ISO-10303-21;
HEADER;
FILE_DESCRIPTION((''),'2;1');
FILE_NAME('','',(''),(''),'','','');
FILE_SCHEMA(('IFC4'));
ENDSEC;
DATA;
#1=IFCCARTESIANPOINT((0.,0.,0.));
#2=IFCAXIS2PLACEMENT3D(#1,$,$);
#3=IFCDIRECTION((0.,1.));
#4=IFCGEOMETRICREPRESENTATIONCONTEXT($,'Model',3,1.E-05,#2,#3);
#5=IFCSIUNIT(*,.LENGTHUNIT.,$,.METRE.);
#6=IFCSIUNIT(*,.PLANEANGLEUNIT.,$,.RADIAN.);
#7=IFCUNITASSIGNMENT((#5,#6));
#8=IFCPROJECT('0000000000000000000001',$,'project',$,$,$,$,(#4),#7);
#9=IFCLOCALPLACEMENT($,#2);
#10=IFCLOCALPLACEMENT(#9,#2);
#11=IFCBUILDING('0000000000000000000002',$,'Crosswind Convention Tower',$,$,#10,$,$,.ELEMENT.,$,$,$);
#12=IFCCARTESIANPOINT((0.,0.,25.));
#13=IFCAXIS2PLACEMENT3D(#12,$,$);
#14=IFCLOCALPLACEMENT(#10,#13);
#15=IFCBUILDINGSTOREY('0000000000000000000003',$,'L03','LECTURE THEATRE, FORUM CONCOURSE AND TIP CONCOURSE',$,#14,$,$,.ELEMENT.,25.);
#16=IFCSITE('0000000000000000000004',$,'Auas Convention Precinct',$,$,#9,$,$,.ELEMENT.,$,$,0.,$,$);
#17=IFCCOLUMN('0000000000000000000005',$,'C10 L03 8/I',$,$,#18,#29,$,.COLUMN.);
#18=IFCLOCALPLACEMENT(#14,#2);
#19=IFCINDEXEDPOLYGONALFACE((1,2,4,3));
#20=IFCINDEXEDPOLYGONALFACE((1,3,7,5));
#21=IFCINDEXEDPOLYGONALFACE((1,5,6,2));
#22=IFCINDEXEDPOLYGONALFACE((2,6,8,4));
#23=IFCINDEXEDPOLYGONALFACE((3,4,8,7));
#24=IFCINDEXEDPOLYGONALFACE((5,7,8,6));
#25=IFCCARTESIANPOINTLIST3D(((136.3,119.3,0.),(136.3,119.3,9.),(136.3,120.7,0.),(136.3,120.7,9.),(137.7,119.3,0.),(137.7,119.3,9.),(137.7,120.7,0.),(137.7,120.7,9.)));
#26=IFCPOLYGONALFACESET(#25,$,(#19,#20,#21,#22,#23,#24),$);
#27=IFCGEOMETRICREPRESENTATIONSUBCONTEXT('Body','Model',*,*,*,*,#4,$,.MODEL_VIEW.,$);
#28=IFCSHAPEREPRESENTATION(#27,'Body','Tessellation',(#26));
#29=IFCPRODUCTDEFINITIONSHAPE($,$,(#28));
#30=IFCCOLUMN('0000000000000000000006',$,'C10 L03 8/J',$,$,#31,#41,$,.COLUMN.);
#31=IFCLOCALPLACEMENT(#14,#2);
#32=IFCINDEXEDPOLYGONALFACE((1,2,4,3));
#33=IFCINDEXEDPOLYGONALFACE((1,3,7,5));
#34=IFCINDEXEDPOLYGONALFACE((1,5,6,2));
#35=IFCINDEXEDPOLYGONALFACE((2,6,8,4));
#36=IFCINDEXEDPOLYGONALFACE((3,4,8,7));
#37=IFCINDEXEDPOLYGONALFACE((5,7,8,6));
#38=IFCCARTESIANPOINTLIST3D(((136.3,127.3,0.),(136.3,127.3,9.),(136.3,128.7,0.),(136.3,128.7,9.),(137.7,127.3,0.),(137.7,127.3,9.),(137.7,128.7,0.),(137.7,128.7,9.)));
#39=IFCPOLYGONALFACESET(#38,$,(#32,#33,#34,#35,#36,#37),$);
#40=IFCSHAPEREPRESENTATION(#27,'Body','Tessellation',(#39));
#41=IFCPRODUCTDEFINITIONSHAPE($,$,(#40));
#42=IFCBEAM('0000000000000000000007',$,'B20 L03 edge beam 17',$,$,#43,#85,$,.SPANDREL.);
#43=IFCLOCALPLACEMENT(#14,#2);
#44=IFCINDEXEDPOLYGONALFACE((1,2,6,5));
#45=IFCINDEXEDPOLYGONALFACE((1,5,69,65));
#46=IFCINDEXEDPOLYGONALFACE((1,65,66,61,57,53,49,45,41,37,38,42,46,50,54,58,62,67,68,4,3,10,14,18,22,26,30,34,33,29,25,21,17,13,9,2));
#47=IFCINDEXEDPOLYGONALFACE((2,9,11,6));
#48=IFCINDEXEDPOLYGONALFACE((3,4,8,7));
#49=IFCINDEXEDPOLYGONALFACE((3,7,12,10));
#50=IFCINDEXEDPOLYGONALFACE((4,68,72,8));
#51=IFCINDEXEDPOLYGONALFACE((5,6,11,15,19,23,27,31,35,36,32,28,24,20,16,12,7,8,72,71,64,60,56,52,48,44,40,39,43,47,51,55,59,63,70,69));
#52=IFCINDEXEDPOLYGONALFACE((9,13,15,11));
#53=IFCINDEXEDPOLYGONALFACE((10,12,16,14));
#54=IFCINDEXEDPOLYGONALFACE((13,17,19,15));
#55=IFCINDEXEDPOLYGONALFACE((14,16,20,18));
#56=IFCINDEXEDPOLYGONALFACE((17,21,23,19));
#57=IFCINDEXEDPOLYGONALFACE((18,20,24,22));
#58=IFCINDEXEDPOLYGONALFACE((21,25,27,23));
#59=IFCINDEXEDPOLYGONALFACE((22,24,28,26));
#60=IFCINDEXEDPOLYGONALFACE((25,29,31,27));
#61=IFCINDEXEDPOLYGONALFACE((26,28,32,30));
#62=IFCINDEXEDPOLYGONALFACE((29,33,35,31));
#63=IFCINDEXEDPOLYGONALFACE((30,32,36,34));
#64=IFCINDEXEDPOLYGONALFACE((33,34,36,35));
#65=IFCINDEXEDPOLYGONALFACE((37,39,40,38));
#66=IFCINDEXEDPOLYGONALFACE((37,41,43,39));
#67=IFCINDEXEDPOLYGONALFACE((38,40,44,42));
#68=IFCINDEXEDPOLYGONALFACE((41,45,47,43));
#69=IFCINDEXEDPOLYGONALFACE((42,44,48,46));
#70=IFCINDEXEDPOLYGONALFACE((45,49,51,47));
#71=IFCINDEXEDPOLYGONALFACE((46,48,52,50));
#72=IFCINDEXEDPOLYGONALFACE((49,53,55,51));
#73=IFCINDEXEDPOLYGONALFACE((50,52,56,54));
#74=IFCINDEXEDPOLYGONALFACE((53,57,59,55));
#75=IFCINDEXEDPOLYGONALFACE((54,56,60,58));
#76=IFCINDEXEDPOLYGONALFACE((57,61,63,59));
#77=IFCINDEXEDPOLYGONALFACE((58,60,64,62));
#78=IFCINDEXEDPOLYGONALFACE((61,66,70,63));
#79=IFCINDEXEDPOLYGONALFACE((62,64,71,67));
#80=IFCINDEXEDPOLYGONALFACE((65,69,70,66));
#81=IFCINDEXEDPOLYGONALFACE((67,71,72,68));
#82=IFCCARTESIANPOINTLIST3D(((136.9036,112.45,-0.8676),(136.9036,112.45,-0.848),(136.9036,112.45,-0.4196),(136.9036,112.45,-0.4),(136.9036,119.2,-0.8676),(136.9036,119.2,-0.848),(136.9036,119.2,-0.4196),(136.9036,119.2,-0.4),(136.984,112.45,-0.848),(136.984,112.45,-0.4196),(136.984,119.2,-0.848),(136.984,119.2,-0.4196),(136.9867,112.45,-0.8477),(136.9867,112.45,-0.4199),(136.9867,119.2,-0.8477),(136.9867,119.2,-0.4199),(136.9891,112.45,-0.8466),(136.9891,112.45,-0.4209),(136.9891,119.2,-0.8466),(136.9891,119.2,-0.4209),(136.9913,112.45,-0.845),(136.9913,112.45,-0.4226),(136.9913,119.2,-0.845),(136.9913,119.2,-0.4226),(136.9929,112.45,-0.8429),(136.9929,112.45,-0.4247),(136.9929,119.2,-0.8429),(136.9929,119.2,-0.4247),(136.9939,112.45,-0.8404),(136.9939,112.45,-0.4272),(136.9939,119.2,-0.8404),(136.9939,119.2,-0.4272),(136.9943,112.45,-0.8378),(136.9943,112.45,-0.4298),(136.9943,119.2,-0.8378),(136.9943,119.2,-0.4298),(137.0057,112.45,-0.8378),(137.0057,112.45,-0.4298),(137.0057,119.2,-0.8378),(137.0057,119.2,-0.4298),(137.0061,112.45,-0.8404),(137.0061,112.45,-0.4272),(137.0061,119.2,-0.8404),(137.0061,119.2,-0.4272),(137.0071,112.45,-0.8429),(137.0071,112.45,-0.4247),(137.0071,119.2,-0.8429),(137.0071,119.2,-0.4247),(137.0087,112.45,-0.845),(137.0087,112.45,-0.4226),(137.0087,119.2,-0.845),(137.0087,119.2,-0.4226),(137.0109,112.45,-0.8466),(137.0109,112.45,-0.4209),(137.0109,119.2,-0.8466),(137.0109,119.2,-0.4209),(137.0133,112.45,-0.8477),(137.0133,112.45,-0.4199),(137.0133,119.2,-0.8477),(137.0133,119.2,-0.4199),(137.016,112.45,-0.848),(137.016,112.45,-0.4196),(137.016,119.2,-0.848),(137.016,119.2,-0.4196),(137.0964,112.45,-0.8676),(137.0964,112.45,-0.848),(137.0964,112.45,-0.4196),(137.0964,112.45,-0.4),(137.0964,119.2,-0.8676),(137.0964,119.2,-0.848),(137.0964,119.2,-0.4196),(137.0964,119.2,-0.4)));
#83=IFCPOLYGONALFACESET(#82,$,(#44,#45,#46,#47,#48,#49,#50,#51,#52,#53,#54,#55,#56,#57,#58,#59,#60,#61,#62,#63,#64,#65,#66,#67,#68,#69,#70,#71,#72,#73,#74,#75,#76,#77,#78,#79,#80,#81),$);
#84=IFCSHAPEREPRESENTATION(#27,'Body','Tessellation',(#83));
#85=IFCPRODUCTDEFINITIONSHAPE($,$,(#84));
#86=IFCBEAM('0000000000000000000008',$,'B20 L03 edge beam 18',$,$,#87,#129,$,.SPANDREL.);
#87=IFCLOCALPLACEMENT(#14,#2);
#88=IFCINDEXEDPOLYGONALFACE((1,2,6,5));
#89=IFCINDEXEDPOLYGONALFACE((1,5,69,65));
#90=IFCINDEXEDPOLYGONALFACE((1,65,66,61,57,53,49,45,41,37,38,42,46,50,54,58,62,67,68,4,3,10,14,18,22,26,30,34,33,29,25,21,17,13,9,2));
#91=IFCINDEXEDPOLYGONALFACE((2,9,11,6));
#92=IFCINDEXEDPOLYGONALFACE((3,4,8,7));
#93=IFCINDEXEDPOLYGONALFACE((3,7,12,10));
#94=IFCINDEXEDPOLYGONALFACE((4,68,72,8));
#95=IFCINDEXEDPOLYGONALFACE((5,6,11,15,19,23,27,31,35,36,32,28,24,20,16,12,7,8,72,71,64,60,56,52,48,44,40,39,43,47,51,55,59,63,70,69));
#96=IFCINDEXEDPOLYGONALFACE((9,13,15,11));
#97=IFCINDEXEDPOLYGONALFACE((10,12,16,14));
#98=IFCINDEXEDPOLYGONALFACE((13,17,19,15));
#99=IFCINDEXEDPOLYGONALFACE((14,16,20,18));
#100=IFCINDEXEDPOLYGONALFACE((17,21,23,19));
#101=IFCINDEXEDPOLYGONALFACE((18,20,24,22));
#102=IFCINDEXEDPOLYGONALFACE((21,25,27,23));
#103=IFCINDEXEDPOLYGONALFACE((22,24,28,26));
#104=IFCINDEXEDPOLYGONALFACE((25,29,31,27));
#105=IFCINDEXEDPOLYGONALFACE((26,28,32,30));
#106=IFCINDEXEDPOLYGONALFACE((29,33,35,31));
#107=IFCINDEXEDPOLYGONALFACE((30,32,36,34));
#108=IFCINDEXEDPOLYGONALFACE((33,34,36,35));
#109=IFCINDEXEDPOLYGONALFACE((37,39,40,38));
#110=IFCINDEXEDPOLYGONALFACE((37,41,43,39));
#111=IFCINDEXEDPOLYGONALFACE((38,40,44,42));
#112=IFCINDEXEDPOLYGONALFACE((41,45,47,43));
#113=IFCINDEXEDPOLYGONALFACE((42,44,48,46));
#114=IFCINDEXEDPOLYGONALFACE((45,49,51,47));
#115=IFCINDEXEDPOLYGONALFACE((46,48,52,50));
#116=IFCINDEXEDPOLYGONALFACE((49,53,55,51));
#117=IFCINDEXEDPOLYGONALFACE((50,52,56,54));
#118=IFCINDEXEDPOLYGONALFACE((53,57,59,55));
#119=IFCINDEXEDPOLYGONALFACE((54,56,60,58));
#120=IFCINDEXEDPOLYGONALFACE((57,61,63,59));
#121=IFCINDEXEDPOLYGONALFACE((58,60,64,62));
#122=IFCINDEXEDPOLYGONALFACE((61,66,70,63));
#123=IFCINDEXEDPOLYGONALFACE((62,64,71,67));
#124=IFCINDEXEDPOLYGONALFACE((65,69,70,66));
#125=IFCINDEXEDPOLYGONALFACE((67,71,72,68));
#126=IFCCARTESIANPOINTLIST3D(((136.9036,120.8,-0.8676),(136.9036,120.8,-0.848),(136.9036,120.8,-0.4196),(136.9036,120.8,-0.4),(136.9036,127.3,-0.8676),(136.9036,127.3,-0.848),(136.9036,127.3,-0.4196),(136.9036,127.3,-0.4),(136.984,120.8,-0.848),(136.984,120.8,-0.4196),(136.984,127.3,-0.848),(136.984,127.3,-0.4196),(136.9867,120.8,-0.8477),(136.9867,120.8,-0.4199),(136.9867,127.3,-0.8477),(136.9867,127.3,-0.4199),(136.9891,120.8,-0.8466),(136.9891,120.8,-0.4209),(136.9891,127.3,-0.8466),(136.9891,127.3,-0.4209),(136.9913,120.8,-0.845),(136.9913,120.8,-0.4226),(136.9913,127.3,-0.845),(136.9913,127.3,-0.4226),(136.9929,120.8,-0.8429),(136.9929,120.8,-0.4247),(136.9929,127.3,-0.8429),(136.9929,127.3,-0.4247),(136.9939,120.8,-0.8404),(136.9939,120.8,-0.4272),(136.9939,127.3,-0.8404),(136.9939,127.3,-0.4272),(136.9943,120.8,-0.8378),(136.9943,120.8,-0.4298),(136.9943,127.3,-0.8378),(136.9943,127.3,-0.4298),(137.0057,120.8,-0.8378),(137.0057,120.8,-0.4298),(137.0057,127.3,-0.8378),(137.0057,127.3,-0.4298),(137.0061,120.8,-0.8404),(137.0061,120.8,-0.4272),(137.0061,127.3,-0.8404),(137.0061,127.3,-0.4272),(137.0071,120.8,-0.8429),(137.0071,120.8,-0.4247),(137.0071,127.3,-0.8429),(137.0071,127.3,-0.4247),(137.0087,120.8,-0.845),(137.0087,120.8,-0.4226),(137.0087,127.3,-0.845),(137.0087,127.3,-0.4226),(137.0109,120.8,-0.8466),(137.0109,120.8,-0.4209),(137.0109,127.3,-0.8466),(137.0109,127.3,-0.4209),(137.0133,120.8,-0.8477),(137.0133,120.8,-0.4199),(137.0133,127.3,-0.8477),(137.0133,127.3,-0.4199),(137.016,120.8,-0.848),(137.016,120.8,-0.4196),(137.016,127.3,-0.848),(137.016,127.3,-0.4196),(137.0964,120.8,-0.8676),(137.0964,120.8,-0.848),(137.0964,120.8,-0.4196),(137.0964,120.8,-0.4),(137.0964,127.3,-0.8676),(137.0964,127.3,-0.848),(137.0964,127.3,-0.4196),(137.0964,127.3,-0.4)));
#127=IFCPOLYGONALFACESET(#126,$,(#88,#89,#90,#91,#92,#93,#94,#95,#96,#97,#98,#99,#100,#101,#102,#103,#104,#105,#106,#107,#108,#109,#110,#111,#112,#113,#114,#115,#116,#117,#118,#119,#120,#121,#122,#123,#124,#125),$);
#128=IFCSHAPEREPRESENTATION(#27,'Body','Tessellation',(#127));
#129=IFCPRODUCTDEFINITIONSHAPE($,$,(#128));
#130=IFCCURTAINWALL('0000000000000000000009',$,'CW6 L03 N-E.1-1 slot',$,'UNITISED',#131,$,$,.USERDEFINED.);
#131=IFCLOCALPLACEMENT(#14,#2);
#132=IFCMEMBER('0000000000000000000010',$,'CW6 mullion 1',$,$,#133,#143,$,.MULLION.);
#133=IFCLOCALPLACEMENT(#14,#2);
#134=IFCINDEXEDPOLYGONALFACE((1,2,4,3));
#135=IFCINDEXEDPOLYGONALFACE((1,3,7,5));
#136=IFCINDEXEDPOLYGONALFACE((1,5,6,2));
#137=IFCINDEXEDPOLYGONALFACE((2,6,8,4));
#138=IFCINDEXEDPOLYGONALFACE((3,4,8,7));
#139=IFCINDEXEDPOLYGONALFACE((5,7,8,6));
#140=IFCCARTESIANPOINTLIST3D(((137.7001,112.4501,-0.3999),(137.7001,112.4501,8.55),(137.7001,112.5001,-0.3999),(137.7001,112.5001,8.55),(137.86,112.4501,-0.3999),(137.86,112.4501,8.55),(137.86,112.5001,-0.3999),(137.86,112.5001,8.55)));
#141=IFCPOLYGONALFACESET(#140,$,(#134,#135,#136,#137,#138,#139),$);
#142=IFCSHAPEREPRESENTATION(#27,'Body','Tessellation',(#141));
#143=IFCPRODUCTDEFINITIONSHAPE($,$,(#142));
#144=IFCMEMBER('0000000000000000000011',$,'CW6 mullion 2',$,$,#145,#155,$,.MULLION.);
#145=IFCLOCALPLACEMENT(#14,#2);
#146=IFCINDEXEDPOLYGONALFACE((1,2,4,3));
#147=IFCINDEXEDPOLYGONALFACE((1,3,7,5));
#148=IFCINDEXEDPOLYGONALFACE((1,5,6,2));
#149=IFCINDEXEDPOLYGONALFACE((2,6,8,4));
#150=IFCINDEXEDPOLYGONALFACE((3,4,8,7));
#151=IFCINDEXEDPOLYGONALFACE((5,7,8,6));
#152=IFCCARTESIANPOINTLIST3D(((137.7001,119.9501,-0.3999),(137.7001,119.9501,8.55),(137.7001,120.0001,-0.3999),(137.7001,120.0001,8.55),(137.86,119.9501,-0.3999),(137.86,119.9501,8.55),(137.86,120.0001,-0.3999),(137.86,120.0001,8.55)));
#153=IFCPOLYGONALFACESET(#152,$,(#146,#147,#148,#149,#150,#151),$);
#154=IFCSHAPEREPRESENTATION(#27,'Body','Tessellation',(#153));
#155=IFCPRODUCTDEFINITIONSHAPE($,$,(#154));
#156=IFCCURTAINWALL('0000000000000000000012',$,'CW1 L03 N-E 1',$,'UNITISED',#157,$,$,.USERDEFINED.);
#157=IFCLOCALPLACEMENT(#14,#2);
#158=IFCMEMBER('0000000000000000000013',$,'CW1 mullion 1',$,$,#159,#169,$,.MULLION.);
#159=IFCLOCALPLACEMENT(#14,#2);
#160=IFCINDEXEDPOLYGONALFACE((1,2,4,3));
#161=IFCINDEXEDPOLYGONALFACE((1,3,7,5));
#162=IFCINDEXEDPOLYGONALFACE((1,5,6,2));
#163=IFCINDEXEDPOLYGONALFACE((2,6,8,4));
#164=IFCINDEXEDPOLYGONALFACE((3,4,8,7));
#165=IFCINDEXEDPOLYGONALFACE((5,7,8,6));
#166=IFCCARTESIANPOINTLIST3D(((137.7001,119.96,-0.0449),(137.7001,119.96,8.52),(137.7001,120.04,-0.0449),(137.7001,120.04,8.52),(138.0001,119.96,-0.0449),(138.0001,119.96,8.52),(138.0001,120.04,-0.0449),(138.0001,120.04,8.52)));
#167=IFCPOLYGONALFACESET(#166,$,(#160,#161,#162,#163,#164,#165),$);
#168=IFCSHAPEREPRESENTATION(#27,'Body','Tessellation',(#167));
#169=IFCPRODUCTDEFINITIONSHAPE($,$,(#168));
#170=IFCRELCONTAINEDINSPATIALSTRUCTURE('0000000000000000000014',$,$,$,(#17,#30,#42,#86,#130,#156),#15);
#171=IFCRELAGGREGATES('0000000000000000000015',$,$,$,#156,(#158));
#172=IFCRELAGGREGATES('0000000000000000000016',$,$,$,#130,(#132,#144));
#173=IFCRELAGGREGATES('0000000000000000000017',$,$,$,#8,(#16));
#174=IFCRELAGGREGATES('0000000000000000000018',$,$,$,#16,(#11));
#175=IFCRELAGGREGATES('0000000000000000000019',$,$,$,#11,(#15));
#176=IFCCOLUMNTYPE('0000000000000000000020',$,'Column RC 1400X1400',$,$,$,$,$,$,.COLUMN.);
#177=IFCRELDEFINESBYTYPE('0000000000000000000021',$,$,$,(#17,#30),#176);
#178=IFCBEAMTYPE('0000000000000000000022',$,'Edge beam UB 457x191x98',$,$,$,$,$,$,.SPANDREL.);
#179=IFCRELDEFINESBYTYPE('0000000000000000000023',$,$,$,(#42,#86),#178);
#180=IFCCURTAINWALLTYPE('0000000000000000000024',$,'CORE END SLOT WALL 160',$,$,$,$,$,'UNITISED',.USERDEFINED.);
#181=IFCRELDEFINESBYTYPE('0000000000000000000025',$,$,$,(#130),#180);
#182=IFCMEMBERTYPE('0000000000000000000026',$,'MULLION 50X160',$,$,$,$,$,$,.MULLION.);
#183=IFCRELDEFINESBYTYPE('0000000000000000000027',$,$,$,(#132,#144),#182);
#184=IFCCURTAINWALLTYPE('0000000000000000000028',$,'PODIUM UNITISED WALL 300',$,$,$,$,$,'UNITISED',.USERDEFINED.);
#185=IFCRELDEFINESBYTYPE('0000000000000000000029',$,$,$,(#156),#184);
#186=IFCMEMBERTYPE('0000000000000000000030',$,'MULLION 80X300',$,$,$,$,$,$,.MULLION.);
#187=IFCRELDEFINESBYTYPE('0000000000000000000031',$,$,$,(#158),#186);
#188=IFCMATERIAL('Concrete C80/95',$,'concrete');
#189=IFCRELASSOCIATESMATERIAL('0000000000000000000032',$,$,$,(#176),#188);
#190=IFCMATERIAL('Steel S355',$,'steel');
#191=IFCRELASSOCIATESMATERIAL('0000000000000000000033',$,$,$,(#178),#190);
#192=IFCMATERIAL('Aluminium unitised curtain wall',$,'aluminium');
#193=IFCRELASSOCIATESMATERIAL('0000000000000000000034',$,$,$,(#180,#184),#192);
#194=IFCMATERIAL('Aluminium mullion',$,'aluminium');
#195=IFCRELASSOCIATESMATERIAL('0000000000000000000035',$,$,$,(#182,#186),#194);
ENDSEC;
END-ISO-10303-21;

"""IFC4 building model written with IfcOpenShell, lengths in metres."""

from ifc_helpers import new_model, si_unit, direction, frame, origin, origin_2d, place, context, subcontext, project, spatial, rectangle, i_section, extrude, material, material_profile, profile_set, type_object, element, aggregate, save


model = new_model("IFC4")

# Units and contexts
model_context = context("Model", 3, precision=1e-05, world=origin(), true_north=direction((0.0, 1.0)))
body_context = subcontext(model_context, "Body", "Model", "MODEL_VIEW")
ifc_project = project(units=[si_unit("LENGTHUNIT", "METRE"), si_unit("PLANEANGLEUNIT", "RADIAN")], contexts=[model_context])

# Site, building, storey
site_placement = place(None, origin())
site = spatial("IfcSite", under=ifc_project, at=site_placement, Name="Auas Convention Precinct", CompositionType="ELEMENT", RefElevation=0.0)
building_placement = place(site_placement, origin())
building = spatial("IfcBuilding", under=site, at=building_placement, Name="Crosswind Convention Tower", CompositionType="ELEMENT")
storey_placement = place(building_placement, frame((0.0, 0.0, 25.0)))
storey = spatial("IfcBuildingStorey", under=building, at=storey_placement, Name="L03", Description="LECTURE THEATRE, FORUM CONCOURSE AND TIP CONCOURSE", CompositionType="ELEMENT", Elevation=25.0)

# Columns
ifc_material_1 = material(Name="Concrete C80/95", Category="concrete")
ifc_material_profile_1 = material_profile(ifc_material_1, rectangle(XDim=1.3999, YDim=1.3999, at=origin_2d()), Name="RC 1400X1400")
ifc_profile_set_1 = profile_set([ifc_material_profile_1], Name="Concrete C80/95")
column_type = type_object("IfcColumnType", Name="Column RC 1400X1400", PredefinedType="COLUMN", material=ifc_profile_set_1)
for number, where, z_axis, x_axis, name in (
    (1, (137.0, 120.0, 0.0), (0.0, 0.0, 1.0), (1.0, 0.0, 0.0), "C10 L03 8/I"),
    (2, (137.0, 128.0, 0.0), (0.0, 0.0, 1.0), (1.0, 0.0, 0.0), "C10 L03 8/J"),
):
    element("IfcColumn", number, at=place(storey_placement, frame(where, z_axis=z_axis, x_axis=x_axis)), inside=storey, type_object=column_type, Name=name, PredefinedType="COLUMN", context=body_context, shape_type="SweptSolid", body=[
        extrude(rectangle(XDim=1.3999, YDim=1.3999, at=origin_2d()), origin(), (0.0, 0.0, 1.0), 9.0),
    ])

# Beams
ifc_material_2 = material(Name="Steel S355", Category="steel")
ifc_material_profile_2 = material_profile(ifc_material_2, i_section(OverallWidth=0.1929, OverallDepth=0.4675, WebThickness=0.0115, FlangeThickness=0.0195, FilletRadius=0.0103, at=origin_2d()), Name="UB 457x191x98")
ifc_profile_set_2 = profile_set([ifc_material_profile_2], Name="Steel S355")
beam_type_1 = type_object("IfcBeamType", Name="Edge beam UB 457x191x98", PredefinedType="SPANDREL", material=ifc_profile_set_2)
beam_1_placement = place(storey_placement, frame((137.0, 112.45, -0.6338), z_axis=(0.0, 1.0, 0.0), x_axis=(-1.0, 0.0, 0.0)))
element("IfcBeam", 3, at=beam_1_placement, inside=storey, type_object=beam_type_1, Name="B20 L03 edge beam 17", PredefinedType="SPANDREL", context=body_context, shape_type="SweptSolid", body=[
    extrude(i_section(OverallWidth=0.1929, OverallDepth=0.4675, WebThickness=0.0115, FlangeThickness=0.0195, FilletRadius=0.0103, at=origin_2d()), origin(), (0.0, 0.0, 1.0), 6.75),
])
beam_2_placement = place(storey_placement, frame((137.0, 120.8, -0.6338), z_axis=(0.0, 1.0, 0.0), x_axis=(-1.0, 0.0, 0.0)))
element("IfcBeam", 4, at=beam_2_placement, inside=storey, type_object=beam_type_1, Name="B20 L03 edge beam 18", PredefinedType="SPANDREL", context=body_context, shape_type="SweptSolid", body=[
    extrude(i_section(OverallWidth=0.1929, OverallDepth=0.4675, WebThickness=0.0115, FlangeThickness=0.0195, FilletRadius=0.0103, at=origin_2d()), origin(), (0.0, 0.0, 1.0), 6.5),
])

# Curtain wall, members
ifc_material_3 = material(Name="Aluminium unitised curtain wall", Category="aluminium")
curtain_wall_type_1 = type_object("IfcCurtainWallType", Name="CORE END SLOT WALL 160", ElementType="UNITISED", PredefinedType="USERDEFINED", material=ifc_material_3)
curtain_wall_1_placement = place(storey_placement, origin())
curtain_wall_1 = element("IfcCurtainWall", 5, at=curtain_wall_1_placement, inside=storey, type_object=curtain_wall_type_1, Name="CW6 L03 N-E.1-1 slot", ObjectType="UNITISED", PredefinedType="USERDEFINED")
ifc_material_4 = material(Name="Aluminium mullion", Category="aluminium")
ifc_material_profile_3 = material_profile(ifc_material_4, rectangle(XDim=0.1599, YDim=0.05, at=origin_2d()), Name="AL 160X50")
ifc_profile_set_3 = profile_set([ifc_material_profile_3], Name="Aluminium mullion")
member_type_1 = type_object("IfcMemberType", Name="MULLION 50X160", PredefinedType="MULLION", material=ifc_profile_set_3)
member_1_placement = place(storey_placement, frame((137.78, 112.4751, -0.3999), z_axis=(0.0, 0.0, 1.0), x_axis=(1.0, 0.0, 0.0)))
member_1 = element("IfcMember", 6, at=member_1_placement, type_object=member_type_1, Name="CW6 mullion 1", PredefinedType="MULLION", context=body_context, shape_type="SweptSolid", body=[
    extrude(rectangle(XDim=0.1599, YDim=0.05, at=origin_2d()), origin(), (0.0, 0.0, 1.0), 8.95),
])
member_2_placement = place(storey_placement, frame((137.78, 119.9751, -0.3999), z_axis=(0.0, 0.0, 1.0), x_axis=(1.0, 0.0, 0.0)))
member_2 = element("IfcMember", 7, at=member_2_placement, type_object=member_type_1, Name="CW6 mullion 2", PredefinedType="MULLION", context=body_context, shape_type="SweptSolid", body=[
    extrude(rectangle(XDim=0.1599, YDim=0.05, at=origin_2d()), origin(), (0.0, 0.0, 1.0), 8.95),
])

# Curtain wall, member
curtain_wall_type_2 = type_object("IfcCurtainWallType", Name="PODIUM UNITISED WALL 300", ElementType="UNITISED", PredefinedType="USERDEFINED", material=ifc_material_3)
curtain_wall_2_placement = place(storey_placement, origin())
curtain_wall_2 = element("IfcCurtainWall", 8, at=curtain_wall_2_placement, inside=storey, type_object=curtain_wall_type_2, Name="CW1 L03 N-E 1", ObjectType="UNITISED", PredefinedType="USERDEFINED")
ifc_material_profile_4 = material_profile(ifc_material_4, rectangle(XDim=0.3, YDim=0.0801, at=origin_2d()), Name="AL 300X80")
ifc_profile_set_4 = profile_set([ifc_material_profile_4], Name="Aluminium mullion")
member_type_2 = type_object("IfcMemberType", Name="MULLION 80X300", PredefinedType="MULLION", material=ifc_profile_set_4)
member_3_placement = place(storey_placement, frame((137.8501, 120.0, -0.0449), z_axis=(0.0, 0.0, 1.0), x_axis=(1.0, 0.0, 0.0)))
member_3 = element("IfcMember", 9, at=member_3_placement, type_object=member_type_2, Name="CW1 mullion 1", PredefinedType="MULLION", context=body_context, shape_type="SweptSolid", body=[
    extrude(rectangle(XDim=0.3, YDim=0.0801, at=origin_2d()), origin(), (0.0, 0.0, 1.0), 8.5649),
])
aggregate(curtain_wall_2, [member_3])

aggregate(curtain_wall_1, [member_1, member_2])

save(model, "model.ifc")
